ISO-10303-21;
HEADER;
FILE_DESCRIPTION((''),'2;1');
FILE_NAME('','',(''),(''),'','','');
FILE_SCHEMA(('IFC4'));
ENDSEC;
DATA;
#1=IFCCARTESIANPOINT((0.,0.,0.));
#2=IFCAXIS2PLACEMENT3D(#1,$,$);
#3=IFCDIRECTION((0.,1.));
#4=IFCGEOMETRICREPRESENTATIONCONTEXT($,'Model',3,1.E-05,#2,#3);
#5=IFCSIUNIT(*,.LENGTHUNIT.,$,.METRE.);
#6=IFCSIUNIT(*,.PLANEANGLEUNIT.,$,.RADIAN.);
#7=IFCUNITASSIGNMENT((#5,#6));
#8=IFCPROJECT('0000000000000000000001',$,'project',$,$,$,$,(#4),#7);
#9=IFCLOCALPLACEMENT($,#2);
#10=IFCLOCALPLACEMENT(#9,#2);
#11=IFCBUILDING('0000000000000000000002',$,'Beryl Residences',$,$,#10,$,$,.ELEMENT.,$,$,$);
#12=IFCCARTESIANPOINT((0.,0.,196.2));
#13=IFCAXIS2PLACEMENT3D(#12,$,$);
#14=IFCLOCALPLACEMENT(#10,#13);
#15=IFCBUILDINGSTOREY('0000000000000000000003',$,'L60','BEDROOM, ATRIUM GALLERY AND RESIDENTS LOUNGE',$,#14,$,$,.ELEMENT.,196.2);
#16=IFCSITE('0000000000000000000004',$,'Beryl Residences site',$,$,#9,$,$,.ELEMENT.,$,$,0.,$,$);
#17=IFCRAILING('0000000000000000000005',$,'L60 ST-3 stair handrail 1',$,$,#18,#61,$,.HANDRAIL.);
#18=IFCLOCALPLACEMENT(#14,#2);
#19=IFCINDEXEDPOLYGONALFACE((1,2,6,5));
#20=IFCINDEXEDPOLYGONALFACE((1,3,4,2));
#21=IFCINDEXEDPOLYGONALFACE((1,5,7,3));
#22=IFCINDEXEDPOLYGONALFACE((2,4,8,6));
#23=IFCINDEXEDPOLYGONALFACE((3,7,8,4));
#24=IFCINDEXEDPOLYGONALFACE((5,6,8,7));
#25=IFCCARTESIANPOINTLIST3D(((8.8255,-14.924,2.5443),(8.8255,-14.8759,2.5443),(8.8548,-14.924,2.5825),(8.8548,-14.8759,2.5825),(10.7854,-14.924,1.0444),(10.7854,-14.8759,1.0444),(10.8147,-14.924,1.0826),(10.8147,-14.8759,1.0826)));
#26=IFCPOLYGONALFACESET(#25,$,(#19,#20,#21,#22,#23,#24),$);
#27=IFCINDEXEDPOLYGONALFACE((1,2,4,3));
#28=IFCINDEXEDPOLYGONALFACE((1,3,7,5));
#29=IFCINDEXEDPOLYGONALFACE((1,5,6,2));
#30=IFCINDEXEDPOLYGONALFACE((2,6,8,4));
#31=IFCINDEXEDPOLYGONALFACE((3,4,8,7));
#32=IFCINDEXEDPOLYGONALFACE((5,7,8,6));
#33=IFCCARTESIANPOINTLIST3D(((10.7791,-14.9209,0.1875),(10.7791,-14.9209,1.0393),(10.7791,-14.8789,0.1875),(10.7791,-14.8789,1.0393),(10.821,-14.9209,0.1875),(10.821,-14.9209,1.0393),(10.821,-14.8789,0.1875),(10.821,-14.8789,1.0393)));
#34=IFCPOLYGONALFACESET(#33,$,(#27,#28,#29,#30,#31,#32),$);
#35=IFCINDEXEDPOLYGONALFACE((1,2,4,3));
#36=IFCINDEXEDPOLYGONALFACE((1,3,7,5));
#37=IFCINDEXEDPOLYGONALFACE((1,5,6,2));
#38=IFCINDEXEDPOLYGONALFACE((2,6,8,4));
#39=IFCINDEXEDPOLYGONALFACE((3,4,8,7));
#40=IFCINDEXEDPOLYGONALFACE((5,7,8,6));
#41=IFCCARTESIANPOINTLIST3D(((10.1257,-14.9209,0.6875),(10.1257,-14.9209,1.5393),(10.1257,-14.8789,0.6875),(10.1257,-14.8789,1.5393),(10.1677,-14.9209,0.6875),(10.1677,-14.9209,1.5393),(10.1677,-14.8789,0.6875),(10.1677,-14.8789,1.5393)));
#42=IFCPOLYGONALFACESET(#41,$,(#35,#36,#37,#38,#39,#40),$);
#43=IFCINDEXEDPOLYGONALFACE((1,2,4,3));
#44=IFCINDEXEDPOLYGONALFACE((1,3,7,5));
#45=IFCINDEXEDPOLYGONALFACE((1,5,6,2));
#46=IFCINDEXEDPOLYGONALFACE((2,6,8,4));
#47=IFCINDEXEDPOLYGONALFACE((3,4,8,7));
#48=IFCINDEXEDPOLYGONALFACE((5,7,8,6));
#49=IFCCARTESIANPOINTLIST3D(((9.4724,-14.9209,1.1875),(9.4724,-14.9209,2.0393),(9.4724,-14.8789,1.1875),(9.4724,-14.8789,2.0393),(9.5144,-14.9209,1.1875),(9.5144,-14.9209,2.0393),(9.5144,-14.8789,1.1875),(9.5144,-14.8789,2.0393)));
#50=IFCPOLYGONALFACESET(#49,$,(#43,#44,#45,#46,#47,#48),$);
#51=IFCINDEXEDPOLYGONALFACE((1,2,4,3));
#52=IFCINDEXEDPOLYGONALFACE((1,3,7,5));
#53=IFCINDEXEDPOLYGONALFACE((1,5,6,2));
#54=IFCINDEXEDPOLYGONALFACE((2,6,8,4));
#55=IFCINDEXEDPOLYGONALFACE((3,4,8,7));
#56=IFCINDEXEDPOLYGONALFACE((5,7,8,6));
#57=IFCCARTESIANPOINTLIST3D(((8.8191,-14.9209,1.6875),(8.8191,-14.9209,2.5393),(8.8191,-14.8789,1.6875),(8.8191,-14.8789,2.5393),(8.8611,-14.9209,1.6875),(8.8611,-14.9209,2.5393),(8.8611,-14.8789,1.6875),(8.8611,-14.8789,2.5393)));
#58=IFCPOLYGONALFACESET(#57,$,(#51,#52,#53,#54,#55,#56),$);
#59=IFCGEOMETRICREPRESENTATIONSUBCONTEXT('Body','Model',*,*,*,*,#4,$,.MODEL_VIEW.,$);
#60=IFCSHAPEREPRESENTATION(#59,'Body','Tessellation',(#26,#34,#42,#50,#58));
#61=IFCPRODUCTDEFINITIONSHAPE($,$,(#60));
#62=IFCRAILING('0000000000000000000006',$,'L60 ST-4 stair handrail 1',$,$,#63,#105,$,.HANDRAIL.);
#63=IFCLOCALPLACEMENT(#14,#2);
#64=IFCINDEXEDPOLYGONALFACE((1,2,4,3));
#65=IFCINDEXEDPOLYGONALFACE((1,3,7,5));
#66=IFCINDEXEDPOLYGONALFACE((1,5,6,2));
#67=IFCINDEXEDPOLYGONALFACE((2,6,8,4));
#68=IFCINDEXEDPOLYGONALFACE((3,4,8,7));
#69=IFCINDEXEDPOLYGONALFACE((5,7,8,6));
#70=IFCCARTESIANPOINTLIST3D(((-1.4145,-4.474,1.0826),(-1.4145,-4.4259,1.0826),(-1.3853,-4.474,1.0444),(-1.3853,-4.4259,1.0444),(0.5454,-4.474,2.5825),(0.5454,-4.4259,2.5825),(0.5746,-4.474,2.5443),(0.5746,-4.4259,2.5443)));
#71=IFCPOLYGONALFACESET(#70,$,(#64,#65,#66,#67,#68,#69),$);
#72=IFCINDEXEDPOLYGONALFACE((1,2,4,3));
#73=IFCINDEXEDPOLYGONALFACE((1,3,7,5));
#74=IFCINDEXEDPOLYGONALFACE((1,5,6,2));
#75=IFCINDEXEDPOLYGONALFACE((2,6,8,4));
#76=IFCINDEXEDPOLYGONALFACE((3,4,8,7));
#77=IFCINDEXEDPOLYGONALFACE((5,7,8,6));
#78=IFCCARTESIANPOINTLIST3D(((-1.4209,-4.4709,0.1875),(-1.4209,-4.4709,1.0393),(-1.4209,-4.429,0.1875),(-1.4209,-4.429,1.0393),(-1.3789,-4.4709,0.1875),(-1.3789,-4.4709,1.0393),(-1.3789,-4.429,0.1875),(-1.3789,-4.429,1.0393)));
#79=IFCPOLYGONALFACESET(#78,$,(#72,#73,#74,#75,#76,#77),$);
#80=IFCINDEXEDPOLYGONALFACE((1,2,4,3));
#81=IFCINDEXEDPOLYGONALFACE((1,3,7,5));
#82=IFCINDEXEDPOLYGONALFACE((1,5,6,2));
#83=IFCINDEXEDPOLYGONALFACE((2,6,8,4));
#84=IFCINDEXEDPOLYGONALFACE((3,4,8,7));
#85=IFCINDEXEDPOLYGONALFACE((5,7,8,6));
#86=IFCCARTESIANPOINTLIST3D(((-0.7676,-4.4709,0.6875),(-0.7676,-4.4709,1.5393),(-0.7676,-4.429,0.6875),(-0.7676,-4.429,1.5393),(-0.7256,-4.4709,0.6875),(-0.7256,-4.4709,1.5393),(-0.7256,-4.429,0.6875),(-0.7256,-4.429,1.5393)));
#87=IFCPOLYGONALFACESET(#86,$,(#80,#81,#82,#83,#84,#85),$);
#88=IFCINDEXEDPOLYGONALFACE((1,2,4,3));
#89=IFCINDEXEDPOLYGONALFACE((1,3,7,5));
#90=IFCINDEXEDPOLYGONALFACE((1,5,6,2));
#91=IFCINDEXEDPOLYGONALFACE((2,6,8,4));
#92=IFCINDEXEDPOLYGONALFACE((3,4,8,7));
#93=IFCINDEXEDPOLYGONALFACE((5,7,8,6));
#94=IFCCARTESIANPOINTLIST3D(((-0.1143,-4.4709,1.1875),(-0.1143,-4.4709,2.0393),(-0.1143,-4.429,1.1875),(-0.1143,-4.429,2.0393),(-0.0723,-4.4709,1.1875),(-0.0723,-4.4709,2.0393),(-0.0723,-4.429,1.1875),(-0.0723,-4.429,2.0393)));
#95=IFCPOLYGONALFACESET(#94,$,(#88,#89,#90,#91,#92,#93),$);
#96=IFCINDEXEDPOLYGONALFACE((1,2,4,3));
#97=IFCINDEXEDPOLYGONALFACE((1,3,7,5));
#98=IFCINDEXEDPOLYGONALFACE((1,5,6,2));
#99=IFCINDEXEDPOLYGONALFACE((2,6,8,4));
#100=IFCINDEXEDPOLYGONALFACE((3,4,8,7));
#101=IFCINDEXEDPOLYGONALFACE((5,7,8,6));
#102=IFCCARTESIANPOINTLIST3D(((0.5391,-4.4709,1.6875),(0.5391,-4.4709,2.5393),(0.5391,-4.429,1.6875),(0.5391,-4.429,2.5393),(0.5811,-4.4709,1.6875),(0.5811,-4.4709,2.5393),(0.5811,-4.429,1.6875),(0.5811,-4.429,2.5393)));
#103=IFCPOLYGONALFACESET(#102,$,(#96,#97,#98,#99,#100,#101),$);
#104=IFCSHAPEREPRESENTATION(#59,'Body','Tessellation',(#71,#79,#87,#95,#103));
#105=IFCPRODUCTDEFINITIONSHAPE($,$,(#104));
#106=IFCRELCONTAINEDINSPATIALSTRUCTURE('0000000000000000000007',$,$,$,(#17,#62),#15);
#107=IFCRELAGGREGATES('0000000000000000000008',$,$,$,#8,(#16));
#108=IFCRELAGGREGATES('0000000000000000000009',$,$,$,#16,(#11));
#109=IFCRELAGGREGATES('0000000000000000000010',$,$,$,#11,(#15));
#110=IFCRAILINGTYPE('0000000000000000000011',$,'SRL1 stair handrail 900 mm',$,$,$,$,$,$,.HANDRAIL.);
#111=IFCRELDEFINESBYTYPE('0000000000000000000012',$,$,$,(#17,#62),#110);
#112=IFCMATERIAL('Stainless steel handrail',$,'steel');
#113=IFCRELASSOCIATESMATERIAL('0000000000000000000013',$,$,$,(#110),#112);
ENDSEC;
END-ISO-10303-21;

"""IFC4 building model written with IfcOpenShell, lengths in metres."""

from ifc_helpers import new_model, si_unit, direction, frame, origin, origin_2d, place, context, subcontext, project, spatial, rectangle, extrude, material, type_object, element, save


model = new_model("IFC4")

# Units and contexts
model_context = context("Model", 3, precision=1e-05, world=origin(), true_north=direction((0.0, 1.0)))
body_context = subcontext(model_context, "Body", "Model", "MODEL_VIEW")
ifc_project = project(units=[si_unit("LENGTHUNIT", "METRE"), si_unit("PLANEANGLEUNIT", "RADIAN")], contexts=[model_context])

# Site, building, storey
site_placement = place(None, origin())
site = spatial("IfcSite", under=ifc_project, at=site_placement, Name="Beryl Residences site", CompositionType="ELEMENT", RefElevation=0.0)
building_placement = place(site_placement, origin())
building = spatial("IfcBuilding", under=site, at=building_placement, Name="Beryl Residences", CompositionType="ELEMENT")
storey_placement = place(building_placement, frame((0.0, 0.0, 196.2)))
storey = spatial("IfcBuildingStorey", under=building, at=storey_placement, Name="L60", Description="BEDROOM, ATRIUM GALLERY AND RESIDENTS LOUNGE", CompositionType="ELEMENT", Elevation=196.2)

# Railings
ifc_material_1 = material(Name="Stainless steel handrail", Category="steel")
railing_type_1 = type_object("IfcRailingType", Name="SRL1 stair handrail 900 mm", PredefinedType="HANDRAIL", material=ifc_material_1)
railing_1_placement = place(storey_placement, frame((10.8, -14.8999, 0.1875)))
element("IfcRailing", 1, at=railing_1_placement, inside=storey, type_object=railing_type_1, Name="L60 ST-3 stair handrail 1", PredefinedType="HANDRAIL", context=body_context, shape_type="SweptSolid", body=[
    extrude(rectangle(XDim=0.0481, YDim=0.0481, at=origin_2d()), frame((0.0, 0.0, 0.876), z_axis=(-0.794122, 0.0, 0.607758), x_axis=(0.0, -1.0, 0.0)), (0.0, 0.0, 1.0), 2.468),
    extrude(rectangle(XDim=0.042, YDim=0.042, at=origin_2d()), origin(), (0.0, 0.0, 1.0), 0.8518),
    extrude(rectangle(XDim=0.042, YDim=0.042, at=origin_2d()), frame((-0.6533, 0.0, 0.5)), (0.0, 0.0, 1.0), 0.8518),
    extrude(rectangle(XDim=0.042, YDim=0.042, at=origin_2d()), frame((-1.3066, 0.0, 1.0)), (0.0, 0.0, 1.0), 0.8518),
    extrude(rectangle(XDim=0.042, YDim=0.042, at=origin_2d()), frame((-1.96, 0.0, 1.5)), (0.0, 0.0, 1.0), 0.8518),
])
railing_2_placement = place(storey_placement, frame((-1.3999, -4.45, 0.1875)))
element("IfcRailing", 2, at=railing_2_placement, inside=storey, type_object=railing_type_1, Name="L60 ST-4 stair handrail 1", PredefinedType="HANDRAIL", context=body_context, shape_type="SweptSolid", body=[
    extrude(rectangle(XDim=0.0481, YDim=0.0481, at=origin_2d()), frame((0.0, 0.0, 0.876), z_axis=(0.794122, 0.0, 0.607758), x_axis=(0.0, 1.0, 0.0)), (0.0, 0.0, 1.0), 2.468),
    extrude(rectangle(XDim=0.042, YDim=0.042, at=origin_2d()), origin(), (0.0, 0.0, 1.0), 0.8518),
    extrude(rectangle(XDim=0.042, YDim=0.042, at=origin_2d()), frame((0.6533, 0.0, 0.5)), (0.0, 0.0, 1.0), 0.8518),
    extrude(rectangle(XDim=0.042, YDim=0.042, at=origin_2d()), frame((1.3066, 0.0, 1.0)), (0.0, 0.0, 1.0), 0.8518),
    extrude(rectangle(XDim=0.042, YDim=0.042, at=origin_2d()), frame((1.96, 0.0, 1.5)), (0.0, 0.0, 1.0), 0.8518),
])

save(model, "model.ifc")
